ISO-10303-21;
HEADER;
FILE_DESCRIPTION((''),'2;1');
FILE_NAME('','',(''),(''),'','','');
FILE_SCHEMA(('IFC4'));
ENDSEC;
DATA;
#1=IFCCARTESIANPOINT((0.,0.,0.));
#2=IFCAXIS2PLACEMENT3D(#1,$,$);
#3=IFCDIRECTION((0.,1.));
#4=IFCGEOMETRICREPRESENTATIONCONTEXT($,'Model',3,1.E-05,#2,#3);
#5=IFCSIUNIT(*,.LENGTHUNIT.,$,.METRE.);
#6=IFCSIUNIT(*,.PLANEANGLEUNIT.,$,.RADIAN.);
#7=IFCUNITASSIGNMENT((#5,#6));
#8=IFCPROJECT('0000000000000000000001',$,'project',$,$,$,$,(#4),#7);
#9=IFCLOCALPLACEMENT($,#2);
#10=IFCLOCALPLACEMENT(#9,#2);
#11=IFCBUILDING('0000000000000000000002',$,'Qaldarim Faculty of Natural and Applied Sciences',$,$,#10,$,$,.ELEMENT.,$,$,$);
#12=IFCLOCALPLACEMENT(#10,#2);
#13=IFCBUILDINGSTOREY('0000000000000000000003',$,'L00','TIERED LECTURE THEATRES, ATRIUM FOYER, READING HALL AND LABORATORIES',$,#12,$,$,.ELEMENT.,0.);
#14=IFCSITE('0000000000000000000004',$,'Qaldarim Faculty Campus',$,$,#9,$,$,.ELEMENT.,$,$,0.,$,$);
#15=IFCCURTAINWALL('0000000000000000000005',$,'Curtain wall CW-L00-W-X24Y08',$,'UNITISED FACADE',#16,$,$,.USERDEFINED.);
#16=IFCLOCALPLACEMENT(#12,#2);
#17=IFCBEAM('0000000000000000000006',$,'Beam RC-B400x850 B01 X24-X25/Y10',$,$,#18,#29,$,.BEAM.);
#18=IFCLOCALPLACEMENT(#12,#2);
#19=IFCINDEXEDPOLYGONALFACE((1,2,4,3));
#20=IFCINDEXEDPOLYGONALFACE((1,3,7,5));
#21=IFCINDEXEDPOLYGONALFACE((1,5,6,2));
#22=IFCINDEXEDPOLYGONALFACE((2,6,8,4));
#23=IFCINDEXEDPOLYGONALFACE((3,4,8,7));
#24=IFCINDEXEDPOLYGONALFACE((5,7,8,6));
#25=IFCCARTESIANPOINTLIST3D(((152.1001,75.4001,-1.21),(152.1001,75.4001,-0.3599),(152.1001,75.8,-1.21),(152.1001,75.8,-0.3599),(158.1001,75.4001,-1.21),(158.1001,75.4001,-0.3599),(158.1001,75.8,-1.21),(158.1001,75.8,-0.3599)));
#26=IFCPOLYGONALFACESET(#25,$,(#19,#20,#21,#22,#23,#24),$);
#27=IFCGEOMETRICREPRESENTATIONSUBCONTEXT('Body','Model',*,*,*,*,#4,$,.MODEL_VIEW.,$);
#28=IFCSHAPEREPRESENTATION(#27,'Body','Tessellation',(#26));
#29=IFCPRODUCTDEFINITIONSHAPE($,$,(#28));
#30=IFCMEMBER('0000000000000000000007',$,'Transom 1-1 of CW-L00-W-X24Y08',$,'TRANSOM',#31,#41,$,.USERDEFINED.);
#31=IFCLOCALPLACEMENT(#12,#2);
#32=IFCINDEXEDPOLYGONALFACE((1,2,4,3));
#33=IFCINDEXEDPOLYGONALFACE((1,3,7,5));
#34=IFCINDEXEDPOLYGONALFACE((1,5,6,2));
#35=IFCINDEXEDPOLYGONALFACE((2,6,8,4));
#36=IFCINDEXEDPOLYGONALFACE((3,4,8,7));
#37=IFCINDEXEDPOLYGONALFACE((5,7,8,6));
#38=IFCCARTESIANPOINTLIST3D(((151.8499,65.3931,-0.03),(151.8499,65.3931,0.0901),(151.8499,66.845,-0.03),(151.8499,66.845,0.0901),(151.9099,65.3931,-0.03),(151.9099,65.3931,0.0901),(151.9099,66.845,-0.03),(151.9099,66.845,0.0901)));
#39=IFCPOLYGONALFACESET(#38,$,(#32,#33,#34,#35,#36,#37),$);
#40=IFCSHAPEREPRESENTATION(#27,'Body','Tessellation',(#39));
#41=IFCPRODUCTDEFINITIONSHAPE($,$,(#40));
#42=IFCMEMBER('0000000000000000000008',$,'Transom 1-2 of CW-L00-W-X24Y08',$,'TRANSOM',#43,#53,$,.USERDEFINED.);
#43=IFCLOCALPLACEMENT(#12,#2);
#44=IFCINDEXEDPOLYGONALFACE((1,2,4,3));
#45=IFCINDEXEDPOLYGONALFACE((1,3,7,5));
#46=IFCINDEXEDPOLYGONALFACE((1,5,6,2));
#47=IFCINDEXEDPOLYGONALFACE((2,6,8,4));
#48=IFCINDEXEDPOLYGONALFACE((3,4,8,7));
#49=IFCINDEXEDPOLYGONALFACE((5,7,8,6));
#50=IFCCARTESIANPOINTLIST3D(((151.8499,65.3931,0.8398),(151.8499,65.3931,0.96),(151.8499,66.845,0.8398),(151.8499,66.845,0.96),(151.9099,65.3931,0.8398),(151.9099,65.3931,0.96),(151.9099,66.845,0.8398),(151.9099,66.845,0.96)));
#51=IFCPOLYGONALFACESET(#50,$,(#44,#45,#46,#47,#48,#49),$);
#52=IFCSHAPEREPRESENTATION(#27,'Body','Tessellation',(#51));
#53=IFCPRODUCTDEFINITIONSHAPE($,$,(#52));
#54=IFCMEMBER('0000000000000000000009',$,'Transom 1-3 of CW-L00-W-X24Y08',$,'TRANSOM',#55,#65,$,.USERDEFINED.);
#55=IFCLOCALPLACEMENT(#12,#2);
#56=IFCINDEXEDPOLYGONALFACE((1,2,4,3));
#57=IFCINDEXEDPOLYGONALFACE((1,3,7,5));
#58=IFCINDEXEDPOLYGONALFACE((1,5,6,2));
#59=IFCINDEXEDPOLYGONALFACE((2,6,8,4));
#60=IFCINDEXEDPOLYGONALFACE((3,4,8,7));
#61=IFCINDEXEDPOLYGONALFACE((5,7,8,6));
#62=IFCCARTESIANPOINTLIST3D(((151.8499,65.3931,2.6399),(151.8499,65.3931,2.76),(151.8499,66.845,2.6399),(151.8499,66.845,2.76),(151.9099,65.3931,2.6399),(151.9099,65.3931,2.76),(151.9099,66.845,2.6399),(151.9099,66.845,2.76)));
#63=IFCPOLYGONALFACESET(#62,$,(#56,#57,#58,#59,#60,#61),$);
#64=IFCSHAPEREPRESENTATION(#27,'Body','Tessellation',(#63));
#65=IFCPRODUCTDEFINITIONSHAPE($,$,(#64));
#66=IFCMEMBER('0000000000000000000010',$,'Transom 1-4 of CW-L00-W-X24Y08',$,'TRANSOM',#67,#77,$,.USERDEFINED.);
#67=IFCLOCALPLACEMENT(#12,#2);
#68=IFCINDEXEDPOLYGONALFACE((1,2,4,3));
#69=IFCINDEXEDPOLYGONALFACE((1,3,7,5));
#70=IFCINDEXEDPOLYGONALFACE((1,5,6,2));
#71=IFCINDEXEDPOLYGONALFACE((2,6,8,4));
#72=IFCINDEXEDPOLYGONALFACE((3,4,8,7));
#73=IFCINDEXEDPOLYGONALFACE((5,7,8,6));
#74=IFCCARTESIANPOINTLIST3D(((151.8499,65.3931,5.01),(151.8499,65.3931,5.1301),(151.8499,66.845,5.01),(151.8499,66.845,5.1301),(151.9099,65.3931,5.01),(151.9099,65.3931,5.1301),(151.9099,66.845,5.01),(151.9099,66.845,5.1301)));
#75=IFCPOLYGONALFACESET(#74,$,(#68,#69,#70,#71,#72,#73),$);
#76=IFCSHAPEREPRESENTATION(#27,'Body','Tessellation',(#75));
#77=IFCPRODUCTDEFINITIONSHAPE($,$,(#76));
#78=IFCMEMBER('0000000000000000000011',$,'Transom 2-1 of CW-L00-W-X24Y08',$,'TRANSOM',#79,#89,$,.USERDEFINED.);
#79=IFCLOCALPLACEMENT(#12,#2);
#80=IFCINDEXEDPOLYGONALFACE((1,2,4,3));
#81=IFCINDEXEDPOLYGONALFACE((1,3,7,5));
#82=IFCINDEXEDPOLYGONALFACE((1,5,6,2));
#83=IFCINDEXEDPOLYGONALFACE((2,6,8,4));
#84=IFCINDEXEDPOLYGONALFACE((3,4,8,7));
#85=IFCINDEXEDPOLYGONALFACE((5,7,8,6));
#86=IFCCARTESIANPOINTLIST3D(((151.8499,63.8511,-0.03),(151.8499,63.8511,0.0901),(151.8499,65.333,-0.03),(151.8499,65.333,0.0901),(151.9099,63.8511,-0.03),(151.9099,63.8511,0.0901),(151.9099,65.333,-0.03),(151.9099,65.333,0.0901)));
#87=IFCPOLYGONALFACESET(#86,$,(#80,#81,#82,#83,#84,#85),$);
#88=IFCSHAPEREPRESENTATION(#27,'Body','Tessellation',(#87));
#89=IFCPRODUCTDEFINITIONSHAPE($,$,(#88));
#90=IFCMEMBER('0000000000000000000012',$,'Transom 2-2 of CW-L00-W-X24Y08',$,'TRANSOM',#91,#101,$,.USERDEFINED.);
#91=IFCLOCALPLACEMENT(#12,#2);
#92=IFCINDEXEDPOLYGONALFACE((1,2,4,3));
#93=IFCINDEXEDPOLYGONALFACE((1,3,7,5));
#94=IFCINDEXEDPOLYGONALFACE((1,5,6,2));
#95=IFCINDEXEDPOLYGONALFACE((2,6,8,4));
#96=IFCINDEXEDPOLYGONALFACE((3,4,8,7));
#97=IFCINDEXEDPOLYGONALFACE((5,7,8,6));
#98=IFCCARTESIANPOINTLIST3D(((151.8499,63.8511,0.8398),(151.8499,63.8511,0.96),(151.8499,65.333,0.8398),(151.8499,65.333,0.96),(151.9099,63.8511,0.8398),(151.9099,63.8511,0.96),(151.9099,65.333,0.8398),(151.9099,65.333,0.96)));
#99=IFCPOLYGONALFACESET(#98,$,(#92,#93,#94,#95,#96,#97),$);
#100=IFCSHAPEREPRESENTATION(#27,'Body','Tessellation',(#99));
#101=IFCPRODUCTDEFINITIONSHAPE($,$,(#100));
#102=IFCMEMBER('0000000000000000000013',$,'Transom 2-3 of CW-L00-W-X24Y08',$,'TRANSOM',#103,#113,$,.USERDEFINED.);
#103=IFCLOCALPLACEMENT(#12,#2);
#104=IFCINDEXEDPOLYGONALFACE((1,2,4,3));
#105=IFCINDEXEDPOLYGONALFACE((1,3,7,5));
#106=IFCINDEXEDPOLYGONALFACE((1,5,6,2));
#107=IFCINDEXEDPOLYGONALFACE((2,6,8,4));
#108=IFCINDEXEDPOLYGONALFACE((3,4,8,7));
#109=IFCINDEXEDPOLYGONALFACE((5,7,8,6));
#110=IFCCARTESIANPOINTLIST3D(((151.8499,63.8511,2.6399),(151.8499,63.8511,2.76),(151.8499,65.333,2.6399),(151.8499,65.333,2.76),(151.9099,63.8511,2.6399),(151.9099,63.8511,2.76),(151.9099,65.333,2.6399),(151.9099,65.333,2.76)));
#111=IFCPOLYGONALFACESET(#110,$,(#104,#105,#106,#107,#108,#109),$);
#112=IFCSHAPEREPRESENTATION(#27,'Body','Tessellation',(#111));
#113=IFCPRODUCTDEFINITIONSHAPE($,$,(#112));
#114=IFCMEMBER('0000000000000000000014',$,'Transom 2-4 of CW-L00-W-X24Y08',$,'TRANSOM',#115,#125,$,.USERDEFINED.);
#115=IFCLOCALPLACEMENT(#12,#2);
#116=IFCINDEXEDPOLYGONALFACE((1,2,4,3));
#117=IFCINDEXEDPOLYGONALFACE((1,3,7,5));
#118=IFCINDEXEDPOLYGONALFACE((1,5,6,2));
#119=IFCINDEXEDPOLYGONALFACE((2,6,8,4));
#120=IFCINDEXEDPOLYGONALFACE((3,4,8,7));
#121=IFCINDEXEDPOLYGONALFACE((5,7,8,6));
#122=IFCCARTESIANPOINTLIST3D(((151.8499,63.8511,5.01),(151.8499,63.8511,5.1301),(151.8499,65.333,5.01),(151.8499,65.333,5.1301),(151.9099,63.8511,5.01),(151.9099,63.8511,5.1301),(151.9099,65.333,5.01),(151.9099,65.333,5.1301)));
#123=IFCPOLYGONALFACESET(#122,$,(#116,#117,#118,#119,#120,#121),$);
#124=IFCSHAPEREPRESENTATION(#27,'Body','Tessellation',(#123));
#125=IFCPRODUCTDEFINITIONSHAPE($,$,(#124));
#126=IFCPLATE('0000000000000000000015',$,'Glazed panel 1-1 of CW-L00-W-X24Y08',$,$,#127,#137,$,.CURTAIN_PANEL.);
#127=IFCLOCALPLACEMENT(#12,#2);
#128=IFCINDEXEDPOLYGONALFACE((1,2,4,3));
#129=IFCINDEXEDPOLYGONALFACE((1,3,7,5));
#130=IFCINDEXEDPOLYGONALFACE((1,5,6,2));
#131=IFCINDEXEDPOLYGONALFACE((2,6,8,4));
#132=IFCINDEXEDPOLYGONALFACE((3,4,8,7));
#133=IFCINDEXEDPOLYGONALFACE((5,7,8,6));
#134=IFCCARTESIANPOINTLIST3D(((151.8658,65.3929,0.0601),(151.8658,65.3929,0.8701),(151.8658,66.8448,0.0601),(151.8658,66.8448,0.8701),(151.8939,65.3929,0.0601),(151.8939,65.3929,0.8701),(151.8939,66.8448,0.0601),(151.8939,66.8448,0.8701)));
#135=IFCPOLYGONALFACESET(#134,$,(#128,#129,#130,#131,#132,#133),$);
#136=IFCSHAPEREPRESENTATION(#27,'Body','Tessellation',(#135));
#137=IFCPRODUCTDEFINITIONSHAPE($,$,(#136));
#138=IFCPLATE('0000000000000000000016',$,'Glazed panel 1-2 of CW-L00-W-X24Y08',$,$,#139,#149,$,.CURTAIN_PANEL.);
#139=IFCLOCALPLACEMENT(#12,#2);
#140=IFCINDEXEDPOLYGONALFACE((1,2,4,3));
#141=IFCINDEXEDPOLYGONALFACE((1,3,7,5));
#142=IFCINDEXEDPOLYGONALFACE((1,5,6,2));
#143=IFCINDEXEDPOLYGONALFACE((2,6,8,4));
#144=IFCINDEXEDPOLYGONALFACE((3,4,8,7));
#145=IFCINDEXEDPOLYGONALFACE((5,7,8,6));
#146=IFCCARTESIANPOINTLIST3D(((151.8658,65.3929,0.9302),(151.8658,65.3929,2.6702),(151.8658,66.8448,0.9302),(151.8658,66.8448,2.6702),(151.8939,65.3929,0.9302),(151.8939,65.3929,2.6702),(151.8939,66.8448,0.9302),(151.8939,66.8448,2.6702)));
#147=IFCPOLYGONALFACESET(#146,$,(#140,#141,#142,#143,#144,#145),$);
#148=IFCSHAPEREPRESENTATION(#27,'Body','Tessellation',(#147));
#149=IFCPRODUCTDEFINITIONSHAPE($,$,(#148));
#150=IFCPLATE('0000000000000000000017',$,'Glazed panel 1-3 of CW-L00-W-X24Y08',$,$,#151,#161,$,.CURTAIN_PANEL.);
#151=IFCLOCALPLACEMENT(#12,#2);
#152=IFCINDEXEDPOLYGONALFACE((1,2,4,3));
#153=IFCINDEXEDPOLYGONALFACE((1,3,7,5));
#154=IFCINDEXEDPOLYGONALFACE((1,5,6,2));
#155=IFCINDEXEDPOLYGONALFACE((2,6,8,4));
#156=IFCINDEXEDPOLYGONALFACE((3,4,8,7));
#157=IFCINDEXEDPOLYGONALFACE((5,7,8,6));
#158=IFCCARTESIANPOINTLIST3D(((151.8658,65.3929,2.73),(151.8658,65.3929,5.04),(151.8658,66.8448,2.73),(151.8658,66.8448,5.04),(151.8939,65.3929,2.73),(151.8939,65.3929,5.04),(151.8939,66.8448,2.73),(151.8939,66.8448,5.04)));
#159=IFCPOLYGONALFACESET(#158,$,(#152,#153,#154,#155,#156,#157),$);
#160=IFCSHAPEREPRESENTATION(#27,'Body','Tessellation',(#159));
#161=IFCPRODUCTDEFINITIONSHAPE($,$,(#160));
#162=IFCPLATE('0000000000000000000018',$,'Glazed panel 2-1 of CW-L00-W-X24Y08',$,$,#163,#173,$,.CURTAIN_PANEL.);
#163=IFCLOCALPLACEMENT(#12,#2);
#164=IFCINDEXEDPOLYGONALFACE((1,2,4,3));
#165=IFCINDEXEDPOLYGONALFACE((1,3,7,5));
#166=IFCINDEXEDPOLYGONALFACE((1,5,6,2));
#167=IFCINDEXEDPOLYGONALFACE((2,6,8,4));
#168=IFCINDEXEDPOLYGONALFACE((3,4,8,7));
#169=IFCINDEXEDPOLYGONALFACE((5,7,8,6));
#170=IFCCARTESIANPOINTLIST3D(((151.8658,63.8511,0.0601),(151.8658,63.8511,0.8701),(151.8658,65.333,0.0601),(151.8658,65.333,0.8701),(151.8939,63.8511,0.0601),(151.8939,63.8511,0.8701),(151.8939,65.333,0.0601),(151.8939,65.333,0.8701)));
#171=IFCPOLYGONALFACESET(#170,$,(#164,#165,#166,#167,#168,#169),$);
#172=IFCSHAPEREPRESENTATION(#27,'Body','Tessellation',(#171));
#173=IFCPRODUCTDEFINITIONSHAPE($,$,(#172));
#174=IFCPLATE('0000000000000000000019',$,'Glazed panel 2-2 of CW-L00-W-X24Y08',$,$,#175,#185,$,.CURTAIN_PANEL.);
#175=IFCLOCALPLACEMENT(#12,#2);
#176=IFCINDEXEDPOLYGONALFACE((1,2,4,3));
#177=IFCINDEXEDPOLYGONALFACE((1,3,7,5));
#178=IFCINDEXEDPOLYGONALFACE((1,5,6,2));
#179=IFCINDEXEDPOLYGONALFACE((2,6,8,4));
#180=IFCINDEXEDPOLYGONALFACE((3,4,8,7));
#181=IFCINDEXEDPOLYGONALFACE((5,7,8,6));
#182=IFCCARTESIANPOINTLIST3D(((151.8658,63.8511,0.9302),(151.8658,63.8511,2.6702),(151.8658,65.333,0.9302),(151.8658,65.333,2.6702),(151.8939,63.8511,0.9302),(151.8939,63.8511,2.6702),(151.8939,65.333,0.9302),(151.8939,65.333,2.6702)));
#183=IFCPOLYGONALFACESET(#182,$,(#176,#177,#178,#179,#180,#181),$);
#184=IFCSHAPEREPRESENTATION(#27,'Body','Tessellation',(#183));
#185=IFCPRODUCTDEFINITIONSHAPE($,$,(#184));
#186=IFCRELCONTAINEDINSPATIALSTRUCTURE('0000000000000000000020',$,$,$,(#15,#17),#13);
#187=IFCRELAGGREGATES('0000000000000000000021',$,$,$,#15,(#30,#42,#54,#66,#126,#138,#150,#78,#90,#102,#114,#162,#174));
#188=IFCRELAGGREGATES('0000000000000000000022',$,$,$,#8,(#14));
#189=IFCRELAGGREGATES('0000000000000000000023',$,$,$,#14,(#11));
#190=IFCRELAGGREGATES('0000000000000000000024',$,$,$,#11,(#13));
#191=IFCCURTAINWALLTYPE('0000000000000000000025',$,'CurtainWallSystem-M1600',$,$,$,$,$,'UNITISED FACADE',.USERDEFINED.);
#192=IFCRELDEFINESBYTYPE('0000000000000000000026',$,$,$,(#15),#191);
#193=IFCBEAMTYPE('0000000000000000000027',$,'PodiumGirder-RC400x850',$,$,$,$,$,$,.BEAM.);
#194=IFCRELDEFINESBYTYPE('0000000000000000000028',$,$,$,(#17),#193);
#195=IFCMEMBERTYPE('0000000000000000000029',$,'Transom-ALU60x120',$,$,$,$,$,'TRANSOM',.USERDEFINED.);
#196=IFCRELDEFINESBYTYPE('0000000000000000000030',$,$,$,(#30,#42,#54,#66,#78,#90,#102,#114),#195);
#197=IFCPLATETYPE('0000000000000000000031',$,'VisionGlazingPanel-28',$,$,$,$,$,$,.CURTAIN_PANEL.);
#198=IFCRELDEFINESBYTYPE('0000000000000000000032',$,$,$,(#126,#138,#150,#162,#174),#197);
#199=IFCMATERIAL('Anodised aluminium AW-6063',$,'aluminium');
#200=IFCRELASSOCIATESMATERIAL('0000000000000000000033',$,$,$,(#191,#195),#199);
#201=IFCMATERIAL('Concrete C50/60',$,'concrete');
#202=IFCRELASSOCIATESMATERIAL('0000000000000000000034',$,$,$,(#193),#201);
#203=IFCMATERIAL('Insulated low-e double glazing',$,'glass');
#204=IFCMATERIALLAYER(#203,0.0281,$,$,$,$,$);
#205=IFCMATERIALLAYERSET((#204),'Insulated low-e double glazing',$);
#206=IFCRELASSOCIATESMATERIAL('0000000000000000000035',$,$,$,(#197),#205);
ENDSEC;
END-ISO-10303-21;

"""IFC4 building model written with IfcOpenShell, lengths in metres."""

from ifc_helpers import new_model, si_unit, direction, frame, origin, origin_2d, place, context, subcontext, project, spatial, rectangle, extrude, material, layer, layer_set, material_profile, profile_set, type_object, element, aggregate, save


model = new_model("IFC4")

# Units and contexts
model_context = context("Model", 3, precision=1e-05, world=origin(), true_north=direction((0.0, 1.0)))
body_context = subcontext(model_context, "Body", "Model", "MODEL_VIEW")
ifc_project = project(units=[si_unit("LENGTHUNIT", "METRE"), si_unit("PLANEANGLEUNIT", "RADIAN")], contexts=[model_context])

# Site, building, storey
site_placement = place(None, origin())
site = spatial("IfcSite", under=ifc_project, at=site_placement, Name="Qaldarim Faculty Campus", CompositionType="ELEMENT", RefElevation=0.0)
building_placement = place(site_placement, origin())
building = spatial("IfcBuilding", under=site, at=building_placement, Name="Qaldarim Faculty of Natural and Applied Sciences", CompositionType="ELEMENT")
storey_placement = place(building_placement, origin())
storey = spatial("IfcBuildingStorey", under=building, at=storey_placement, Name="L00", Description="TIERED LECTURE THEATRES, ATRIUM FOYER, READING HALL AND LABORATORIES", CompositionType="ELEMENT", Elevation=0.0)

# Shared definitions
ifc_material_1 = material(Name="Concrete C50/60", Category="concrete")

# Curtain wall
ifc_material_2 = material(Name="Anodised aluminium AW-6063", Category="aluminium")
curtain_wall_type = type_object("IfcCurtainWallType", Name="CurtainWallSystem-M1600", ElementType="UNITISED FACADE", PredefinedType="USERDEFINED", material=ifc_material_2)
curtain_wall_placement = place(storey_placement, origin())
curtain_wall = element("IfcCurtainWall", 1, at=curtain_wall_placement, inside=storey, type_object=curtain_wall_type, Name="Curtain wall CW-L00-W-X24Y08", ObjectType="UNITISED FACADE", PredefinedType="USERDEFINED")

# Beam
ifc_material_profile_1 = material_profile(ifc_material_1, rectangle(XDim=0.3999, YDim=0.8501, at=origin_2d()), Name="RC-B400x850")
ifc_profile_set_1 = profile_set([ifc_material_profile_1], Name="Concrete C50/60")
beam_type_1 = type_object("IfcBeamType", Name="PodiumGirder-RC400x850", PredefinedType="BEAM", material=ifc_profile_set_1)
beam_1_placement = place(storey_placement, frame((152.1001, 75.6001, -0.7849), z_axis=(1.0, 0.0, 0.0), x_axis=(0.0, 1.0, 0.0)))
element("IfcBeam", 2, at=beam_1_placement, inside=storey, type_object=beam_type_1, Name="Beam RC-B400x850 B01 X24-X25/Y10", PredefinedType="BEAM", context=body_context, shape_type="SweptSolid", body=[
    extrude(rectangle(XDim=0.3999, YDim=0.8501, at=origin_2d()), origin(), (0.0, 0.0, 1.0), 6.0),
])

# Members
ifc_material_profile_2 = material_profile(ifc_material_2, rectangle(XDim=0.0601, YDim=0.1201, at=origin_2d()), Name="ALU-T60x120")
ifc_profile_set_2 = profile_set([ifc_material_profile_2], Name="Anodised aluminium AW-6063")
member_type_1 = type_object("IfcMemberType", Name="Transom-ALU60x120", ElementType="TRANSOM", PredefinedType="USERDEFINED", material=ifc_profile_set_2)
member_1_placement = place(storey_placement, frame((151.8799, 66.845, 0.03), z_axis=(0.0, -1.0, 0.0), x_axis=(1.0, 0.0, 0.0)))
member_1 = element("IfcMember", 3, at=member_1_placement, type_object=member_type_1, Name="Transom 1-1 of CW-L00-W-X24Y08", ObjectType="TRANSOM", PredefinedType="USERDEFINED", context=body_context, shape_type="SweptSolid", body=[
    extrude(rectangle(XDim=0.0601, YDim=0.1201, at=origin_2d()), origin(), (0.0, 0.0, 1.0), 1.4519),
])
member_2_placement = place(storey_placement, frame((151.8799, 66.845, 0.8999), z_axis=(0.0, -1.0, 0.0), x_axis=(1.0, 0.0, 0.0)))
member_2 = element("IfcMember", 4, at=member_2_placement, type_object=member_type_1, Name="Transom 1-2 of CW-L00-W-X24Y08", ObjectType="TRANSOM", PredefinedType="USERDEFINED", context=body_context, shape_type="SweptSolid", body=[
    extrude(rectangle(XDim=0.0601, YDim=0.1201, at=origin_2d()), origin(), (0.0, 0.0, 1.0), 1.4519),
])
member_3_placement = place(storey_placement, frame((151.8799, 66.845, 2.7), z_axis=(0.0, -1.0, 0.0), x_axis=(1.0, 0.0, 0.0)))
member_3 = element("IfcMember", 5, at=member_3_placement, type_object=member_type_1, Name="Transom 1-3 of CW-L00-W-X24Y08", ObjectType="TRANSOM", PredefinedType="USERDEFINED", context=body_context, shape_type="SweptSolid", body=[
    extrude(rectangle(XDim=0.0601, YDim=0.1201, at=origin_2d()), origin(), (0.0, 0.0, 1.0), 1.4519),
])
member_4_placement = place(storey_placement, frame((151.8799, 66.845, 5.0701), z_axis=(0.0, -1.0, 0.0), x_axis=(1.0, 0.0, 0.0)))
member_4 = element("IfcMember", 6, at=member_4_placement, type_object=member_type_1, Name="Transom 1-4 of CW-L00-W-X24Y08", ObjectType="TRANSOM", PredefinedType="USERDEFINED", context=body_context, shape_type="SweptSolid", body=[
    extrude(rectangle(XDim=0.0601, YDim=0.1201, at=origin_2d()), origin(), (0.0, 0.0, 1.0), 1.4519),
])
member_5_placement = place(storey_placement, frame((151.8799, 65.333, 0.03), z_axis=(0.0, -1.0, 0.0), x_axis=(1.0, 0.0, 0.0)))
member_5 = element("IfcMember", 7, at=member_5_placement, type_object=member_type_1, Name="Transom 2-1 of CW-L00-W-X24Y08", ObjectType="TRANSOM", PredefinedType="USERDEFINED", context=body_context, shape_type="SweptSolid", body=[
    extrude(rectangle(XDim=0.0601, YDim=0.1201, at=origin_2d()), origin(), (0.0, 0.0, 1.0), 1.4819),
])
member_6_placement = place(storey_placement, frame((151.8799, 65.333, 0.8999), z_axis=(0.0, -1.0, 0.0), x_axis=(1.0, 0.0, 0.0)))
member_6 = element("IfcMember", 8, at=member_6_placement, type_object=member_type_1, Name="Transom 2-2 of CW-L00-W-X24Y08", ObjectType="TRANSOM", PredefinedType="USERDEFINED", context=body_context, shape_type="SweptSolid", body=[
    extrude(rectangle(XDim=0.0601, YDim=0.1201, at=origin_2d()), origin(), (0.0, 0.0, 1.0), 1.4819),
])
member_7_placement = place(storey_placement, frame((151.8799, 65.333, 2.7), z_axis=(0.0, -1.0, 0.0), x_axis=(1.0, 0.0, 0.0)))
member_7 = element("IfcMember", 9, at=member_7_placement, type_object=member_type_1, Name="Transom 2-3 of CW-L00-W-X24Y08", ObjectType="TRANSOM", PredefinedType="USERDEFINED", context=body_context, shape_type="SweptSolid", body=[
    extrude(rectangle(XDim=0.0601, YDim=0.1201, at=origin_2d()), origin(), (0.0, 0.0, 1.0), 1.4819),
])
member_8_placement = place(storey_placement, frame((151.8799, 65.333, 5.0701), z_axis=(0.0, -1.0, 0.0), x_axis=(1.0, 0.0, 0.0)))
member_8 = element("IfcMember", 10, at=member_8_placement, type_object=member_type_1, Name="Transom 2-4 of CW-L00-W-X24Y08", ObjectType="TRANSOM", PredefinedType="USERDEFINED", context=body_context, shape_type="SweptSolid", body=[
    extrude(rectangle(XDim=0.0601, YDim=0.1201, at=origin_2d()), origin(), (0.0, 0.0, 1.0), 1.4819),
])

# Plates
ifc_material_3 = material(Name="Insulated low-e double glazing", Category="glass")
ifc_layer_1 = layer(ifc_material_3, 0.0281)
ifc_layer_set_1 = layer_set([ifc_layer_1], Name="Insulated low-e double glazing")
plate_type = type_object("IfcPlateType", Name="VisionGlazingPanel-28", PredefinedType="CURTAIN_PANEL", material=ifc_layer_set_1)
plate_1_placement = place(storey_placement, frame((151.8799, 66.1189, 0.0601), z_axis=(0.0, 0.0, 1.0), x_axis=(0.0, -1.0, 0.0)))
plate_1 = element("IfcPlate", 11, at=plate_1_placement, type_object=plate_type, Name="Glazed panel 1-1 of CW-L00-W-X24Y08", PredefinedType="CURTAIN_PANEL", context=body_context, shape_type="SweptSolid", body=[
    extrude(rectangle(XDim=1.4519, YDim=0.0281, at=origin_2d()), origin(), (0.0, 0.0, 1.0), 0.8101),
])
plate_2_placement = place(storey_placement, frame((151.8799, 66.1189, 0.9302), z_axis=(0.0, 0.0, 1.0), x_axis=(0.0, -1.0, 0.0)))
plate_2 = element("IfcPlate", 12, at=plate_2_placement, type_object=plate_type, Name="Glazed panel 1-2 of CW-L00-W-X24Y08", PredefinedType="CURTAIN_PANEL", context=body_context, shape_type="SweptSolid", body=[
    extrude(rectangle(XDim=1.4519, YDim=0.0281, at=origin_2d()), origin(), (0.0, 0.0, 1.0), 1.74),
])
plate_3_placement = place(storey_placement, frame((151.8799, 66.1189, 2.73), z_axis=(0.0, 0.0, 1.0), x_axis=(0.0, -1.0, 0.0)))
plate_3 = element("IfcPlate", 13, at=plate_3_placement, type_object=plate_type, Name="Glazed panel 1-3 of CW-L00-W-X24Y08", PredefinedType="CURTAIN_PANEL", context=body_context, shape_type="SweptSolid", body=[
    extrude(rectangle(XDim=1.4519, YDim=0.0281, at=origin_2d()), origin(), (0.0, 0.0, 1.0), 2.3101),
])
plate_4_placement = place(storey_placement, frame((151.8799, 64.592, 0.0601), z_axis=(0.0, 0.0, 1.0), x_axis=(0.0, -1.0, 0.0)))
plate_4 = element("IfcPlate", 14, at=plate_4_placement, type_object=plate_type, Name="Glazed panel 2-1 of CW-L00-W-X24Y08", PredefinedType="CURTAIN_PANEL", context=body_context, shape_type="SweptSolid", body=[
    extrude(rectangle(XDim=1.4819, YDim=0.0281, at=origin_2d()), origin(), (0.0, 0.0, 1.0), 0.8101),
])
plate_5_placement = place(storey_placement, frame((151.8799, 64.592, 0.9302), z_axis=(0.0, 0.0, 1.0), x_axis=(0.0, -1.0, 0.0)))
plate_5 = element("IfcPlate", 15, at=plate_5_placement, type_object=plate_type, Name="Glazed panel 2-2 of CW-L00-W-X24Y08", PredefinedType="CURTAIN_PANEL", context=body_context, shape_type="SweptSolid", body=[
    extrude(rectangle(XDim=1.4819, YDim=0.0281, at=origin_2d()), origin(), (0.0, 0.0, 1.0), 1.74),
])
aggregate(curtain_wall, [member_1, member_2, member_3, member_4, plate_1, plate_2, plate_3, member_5, member_6, member_7, member_8, plate_4, plate_5])

save(model, "model.ifc")
